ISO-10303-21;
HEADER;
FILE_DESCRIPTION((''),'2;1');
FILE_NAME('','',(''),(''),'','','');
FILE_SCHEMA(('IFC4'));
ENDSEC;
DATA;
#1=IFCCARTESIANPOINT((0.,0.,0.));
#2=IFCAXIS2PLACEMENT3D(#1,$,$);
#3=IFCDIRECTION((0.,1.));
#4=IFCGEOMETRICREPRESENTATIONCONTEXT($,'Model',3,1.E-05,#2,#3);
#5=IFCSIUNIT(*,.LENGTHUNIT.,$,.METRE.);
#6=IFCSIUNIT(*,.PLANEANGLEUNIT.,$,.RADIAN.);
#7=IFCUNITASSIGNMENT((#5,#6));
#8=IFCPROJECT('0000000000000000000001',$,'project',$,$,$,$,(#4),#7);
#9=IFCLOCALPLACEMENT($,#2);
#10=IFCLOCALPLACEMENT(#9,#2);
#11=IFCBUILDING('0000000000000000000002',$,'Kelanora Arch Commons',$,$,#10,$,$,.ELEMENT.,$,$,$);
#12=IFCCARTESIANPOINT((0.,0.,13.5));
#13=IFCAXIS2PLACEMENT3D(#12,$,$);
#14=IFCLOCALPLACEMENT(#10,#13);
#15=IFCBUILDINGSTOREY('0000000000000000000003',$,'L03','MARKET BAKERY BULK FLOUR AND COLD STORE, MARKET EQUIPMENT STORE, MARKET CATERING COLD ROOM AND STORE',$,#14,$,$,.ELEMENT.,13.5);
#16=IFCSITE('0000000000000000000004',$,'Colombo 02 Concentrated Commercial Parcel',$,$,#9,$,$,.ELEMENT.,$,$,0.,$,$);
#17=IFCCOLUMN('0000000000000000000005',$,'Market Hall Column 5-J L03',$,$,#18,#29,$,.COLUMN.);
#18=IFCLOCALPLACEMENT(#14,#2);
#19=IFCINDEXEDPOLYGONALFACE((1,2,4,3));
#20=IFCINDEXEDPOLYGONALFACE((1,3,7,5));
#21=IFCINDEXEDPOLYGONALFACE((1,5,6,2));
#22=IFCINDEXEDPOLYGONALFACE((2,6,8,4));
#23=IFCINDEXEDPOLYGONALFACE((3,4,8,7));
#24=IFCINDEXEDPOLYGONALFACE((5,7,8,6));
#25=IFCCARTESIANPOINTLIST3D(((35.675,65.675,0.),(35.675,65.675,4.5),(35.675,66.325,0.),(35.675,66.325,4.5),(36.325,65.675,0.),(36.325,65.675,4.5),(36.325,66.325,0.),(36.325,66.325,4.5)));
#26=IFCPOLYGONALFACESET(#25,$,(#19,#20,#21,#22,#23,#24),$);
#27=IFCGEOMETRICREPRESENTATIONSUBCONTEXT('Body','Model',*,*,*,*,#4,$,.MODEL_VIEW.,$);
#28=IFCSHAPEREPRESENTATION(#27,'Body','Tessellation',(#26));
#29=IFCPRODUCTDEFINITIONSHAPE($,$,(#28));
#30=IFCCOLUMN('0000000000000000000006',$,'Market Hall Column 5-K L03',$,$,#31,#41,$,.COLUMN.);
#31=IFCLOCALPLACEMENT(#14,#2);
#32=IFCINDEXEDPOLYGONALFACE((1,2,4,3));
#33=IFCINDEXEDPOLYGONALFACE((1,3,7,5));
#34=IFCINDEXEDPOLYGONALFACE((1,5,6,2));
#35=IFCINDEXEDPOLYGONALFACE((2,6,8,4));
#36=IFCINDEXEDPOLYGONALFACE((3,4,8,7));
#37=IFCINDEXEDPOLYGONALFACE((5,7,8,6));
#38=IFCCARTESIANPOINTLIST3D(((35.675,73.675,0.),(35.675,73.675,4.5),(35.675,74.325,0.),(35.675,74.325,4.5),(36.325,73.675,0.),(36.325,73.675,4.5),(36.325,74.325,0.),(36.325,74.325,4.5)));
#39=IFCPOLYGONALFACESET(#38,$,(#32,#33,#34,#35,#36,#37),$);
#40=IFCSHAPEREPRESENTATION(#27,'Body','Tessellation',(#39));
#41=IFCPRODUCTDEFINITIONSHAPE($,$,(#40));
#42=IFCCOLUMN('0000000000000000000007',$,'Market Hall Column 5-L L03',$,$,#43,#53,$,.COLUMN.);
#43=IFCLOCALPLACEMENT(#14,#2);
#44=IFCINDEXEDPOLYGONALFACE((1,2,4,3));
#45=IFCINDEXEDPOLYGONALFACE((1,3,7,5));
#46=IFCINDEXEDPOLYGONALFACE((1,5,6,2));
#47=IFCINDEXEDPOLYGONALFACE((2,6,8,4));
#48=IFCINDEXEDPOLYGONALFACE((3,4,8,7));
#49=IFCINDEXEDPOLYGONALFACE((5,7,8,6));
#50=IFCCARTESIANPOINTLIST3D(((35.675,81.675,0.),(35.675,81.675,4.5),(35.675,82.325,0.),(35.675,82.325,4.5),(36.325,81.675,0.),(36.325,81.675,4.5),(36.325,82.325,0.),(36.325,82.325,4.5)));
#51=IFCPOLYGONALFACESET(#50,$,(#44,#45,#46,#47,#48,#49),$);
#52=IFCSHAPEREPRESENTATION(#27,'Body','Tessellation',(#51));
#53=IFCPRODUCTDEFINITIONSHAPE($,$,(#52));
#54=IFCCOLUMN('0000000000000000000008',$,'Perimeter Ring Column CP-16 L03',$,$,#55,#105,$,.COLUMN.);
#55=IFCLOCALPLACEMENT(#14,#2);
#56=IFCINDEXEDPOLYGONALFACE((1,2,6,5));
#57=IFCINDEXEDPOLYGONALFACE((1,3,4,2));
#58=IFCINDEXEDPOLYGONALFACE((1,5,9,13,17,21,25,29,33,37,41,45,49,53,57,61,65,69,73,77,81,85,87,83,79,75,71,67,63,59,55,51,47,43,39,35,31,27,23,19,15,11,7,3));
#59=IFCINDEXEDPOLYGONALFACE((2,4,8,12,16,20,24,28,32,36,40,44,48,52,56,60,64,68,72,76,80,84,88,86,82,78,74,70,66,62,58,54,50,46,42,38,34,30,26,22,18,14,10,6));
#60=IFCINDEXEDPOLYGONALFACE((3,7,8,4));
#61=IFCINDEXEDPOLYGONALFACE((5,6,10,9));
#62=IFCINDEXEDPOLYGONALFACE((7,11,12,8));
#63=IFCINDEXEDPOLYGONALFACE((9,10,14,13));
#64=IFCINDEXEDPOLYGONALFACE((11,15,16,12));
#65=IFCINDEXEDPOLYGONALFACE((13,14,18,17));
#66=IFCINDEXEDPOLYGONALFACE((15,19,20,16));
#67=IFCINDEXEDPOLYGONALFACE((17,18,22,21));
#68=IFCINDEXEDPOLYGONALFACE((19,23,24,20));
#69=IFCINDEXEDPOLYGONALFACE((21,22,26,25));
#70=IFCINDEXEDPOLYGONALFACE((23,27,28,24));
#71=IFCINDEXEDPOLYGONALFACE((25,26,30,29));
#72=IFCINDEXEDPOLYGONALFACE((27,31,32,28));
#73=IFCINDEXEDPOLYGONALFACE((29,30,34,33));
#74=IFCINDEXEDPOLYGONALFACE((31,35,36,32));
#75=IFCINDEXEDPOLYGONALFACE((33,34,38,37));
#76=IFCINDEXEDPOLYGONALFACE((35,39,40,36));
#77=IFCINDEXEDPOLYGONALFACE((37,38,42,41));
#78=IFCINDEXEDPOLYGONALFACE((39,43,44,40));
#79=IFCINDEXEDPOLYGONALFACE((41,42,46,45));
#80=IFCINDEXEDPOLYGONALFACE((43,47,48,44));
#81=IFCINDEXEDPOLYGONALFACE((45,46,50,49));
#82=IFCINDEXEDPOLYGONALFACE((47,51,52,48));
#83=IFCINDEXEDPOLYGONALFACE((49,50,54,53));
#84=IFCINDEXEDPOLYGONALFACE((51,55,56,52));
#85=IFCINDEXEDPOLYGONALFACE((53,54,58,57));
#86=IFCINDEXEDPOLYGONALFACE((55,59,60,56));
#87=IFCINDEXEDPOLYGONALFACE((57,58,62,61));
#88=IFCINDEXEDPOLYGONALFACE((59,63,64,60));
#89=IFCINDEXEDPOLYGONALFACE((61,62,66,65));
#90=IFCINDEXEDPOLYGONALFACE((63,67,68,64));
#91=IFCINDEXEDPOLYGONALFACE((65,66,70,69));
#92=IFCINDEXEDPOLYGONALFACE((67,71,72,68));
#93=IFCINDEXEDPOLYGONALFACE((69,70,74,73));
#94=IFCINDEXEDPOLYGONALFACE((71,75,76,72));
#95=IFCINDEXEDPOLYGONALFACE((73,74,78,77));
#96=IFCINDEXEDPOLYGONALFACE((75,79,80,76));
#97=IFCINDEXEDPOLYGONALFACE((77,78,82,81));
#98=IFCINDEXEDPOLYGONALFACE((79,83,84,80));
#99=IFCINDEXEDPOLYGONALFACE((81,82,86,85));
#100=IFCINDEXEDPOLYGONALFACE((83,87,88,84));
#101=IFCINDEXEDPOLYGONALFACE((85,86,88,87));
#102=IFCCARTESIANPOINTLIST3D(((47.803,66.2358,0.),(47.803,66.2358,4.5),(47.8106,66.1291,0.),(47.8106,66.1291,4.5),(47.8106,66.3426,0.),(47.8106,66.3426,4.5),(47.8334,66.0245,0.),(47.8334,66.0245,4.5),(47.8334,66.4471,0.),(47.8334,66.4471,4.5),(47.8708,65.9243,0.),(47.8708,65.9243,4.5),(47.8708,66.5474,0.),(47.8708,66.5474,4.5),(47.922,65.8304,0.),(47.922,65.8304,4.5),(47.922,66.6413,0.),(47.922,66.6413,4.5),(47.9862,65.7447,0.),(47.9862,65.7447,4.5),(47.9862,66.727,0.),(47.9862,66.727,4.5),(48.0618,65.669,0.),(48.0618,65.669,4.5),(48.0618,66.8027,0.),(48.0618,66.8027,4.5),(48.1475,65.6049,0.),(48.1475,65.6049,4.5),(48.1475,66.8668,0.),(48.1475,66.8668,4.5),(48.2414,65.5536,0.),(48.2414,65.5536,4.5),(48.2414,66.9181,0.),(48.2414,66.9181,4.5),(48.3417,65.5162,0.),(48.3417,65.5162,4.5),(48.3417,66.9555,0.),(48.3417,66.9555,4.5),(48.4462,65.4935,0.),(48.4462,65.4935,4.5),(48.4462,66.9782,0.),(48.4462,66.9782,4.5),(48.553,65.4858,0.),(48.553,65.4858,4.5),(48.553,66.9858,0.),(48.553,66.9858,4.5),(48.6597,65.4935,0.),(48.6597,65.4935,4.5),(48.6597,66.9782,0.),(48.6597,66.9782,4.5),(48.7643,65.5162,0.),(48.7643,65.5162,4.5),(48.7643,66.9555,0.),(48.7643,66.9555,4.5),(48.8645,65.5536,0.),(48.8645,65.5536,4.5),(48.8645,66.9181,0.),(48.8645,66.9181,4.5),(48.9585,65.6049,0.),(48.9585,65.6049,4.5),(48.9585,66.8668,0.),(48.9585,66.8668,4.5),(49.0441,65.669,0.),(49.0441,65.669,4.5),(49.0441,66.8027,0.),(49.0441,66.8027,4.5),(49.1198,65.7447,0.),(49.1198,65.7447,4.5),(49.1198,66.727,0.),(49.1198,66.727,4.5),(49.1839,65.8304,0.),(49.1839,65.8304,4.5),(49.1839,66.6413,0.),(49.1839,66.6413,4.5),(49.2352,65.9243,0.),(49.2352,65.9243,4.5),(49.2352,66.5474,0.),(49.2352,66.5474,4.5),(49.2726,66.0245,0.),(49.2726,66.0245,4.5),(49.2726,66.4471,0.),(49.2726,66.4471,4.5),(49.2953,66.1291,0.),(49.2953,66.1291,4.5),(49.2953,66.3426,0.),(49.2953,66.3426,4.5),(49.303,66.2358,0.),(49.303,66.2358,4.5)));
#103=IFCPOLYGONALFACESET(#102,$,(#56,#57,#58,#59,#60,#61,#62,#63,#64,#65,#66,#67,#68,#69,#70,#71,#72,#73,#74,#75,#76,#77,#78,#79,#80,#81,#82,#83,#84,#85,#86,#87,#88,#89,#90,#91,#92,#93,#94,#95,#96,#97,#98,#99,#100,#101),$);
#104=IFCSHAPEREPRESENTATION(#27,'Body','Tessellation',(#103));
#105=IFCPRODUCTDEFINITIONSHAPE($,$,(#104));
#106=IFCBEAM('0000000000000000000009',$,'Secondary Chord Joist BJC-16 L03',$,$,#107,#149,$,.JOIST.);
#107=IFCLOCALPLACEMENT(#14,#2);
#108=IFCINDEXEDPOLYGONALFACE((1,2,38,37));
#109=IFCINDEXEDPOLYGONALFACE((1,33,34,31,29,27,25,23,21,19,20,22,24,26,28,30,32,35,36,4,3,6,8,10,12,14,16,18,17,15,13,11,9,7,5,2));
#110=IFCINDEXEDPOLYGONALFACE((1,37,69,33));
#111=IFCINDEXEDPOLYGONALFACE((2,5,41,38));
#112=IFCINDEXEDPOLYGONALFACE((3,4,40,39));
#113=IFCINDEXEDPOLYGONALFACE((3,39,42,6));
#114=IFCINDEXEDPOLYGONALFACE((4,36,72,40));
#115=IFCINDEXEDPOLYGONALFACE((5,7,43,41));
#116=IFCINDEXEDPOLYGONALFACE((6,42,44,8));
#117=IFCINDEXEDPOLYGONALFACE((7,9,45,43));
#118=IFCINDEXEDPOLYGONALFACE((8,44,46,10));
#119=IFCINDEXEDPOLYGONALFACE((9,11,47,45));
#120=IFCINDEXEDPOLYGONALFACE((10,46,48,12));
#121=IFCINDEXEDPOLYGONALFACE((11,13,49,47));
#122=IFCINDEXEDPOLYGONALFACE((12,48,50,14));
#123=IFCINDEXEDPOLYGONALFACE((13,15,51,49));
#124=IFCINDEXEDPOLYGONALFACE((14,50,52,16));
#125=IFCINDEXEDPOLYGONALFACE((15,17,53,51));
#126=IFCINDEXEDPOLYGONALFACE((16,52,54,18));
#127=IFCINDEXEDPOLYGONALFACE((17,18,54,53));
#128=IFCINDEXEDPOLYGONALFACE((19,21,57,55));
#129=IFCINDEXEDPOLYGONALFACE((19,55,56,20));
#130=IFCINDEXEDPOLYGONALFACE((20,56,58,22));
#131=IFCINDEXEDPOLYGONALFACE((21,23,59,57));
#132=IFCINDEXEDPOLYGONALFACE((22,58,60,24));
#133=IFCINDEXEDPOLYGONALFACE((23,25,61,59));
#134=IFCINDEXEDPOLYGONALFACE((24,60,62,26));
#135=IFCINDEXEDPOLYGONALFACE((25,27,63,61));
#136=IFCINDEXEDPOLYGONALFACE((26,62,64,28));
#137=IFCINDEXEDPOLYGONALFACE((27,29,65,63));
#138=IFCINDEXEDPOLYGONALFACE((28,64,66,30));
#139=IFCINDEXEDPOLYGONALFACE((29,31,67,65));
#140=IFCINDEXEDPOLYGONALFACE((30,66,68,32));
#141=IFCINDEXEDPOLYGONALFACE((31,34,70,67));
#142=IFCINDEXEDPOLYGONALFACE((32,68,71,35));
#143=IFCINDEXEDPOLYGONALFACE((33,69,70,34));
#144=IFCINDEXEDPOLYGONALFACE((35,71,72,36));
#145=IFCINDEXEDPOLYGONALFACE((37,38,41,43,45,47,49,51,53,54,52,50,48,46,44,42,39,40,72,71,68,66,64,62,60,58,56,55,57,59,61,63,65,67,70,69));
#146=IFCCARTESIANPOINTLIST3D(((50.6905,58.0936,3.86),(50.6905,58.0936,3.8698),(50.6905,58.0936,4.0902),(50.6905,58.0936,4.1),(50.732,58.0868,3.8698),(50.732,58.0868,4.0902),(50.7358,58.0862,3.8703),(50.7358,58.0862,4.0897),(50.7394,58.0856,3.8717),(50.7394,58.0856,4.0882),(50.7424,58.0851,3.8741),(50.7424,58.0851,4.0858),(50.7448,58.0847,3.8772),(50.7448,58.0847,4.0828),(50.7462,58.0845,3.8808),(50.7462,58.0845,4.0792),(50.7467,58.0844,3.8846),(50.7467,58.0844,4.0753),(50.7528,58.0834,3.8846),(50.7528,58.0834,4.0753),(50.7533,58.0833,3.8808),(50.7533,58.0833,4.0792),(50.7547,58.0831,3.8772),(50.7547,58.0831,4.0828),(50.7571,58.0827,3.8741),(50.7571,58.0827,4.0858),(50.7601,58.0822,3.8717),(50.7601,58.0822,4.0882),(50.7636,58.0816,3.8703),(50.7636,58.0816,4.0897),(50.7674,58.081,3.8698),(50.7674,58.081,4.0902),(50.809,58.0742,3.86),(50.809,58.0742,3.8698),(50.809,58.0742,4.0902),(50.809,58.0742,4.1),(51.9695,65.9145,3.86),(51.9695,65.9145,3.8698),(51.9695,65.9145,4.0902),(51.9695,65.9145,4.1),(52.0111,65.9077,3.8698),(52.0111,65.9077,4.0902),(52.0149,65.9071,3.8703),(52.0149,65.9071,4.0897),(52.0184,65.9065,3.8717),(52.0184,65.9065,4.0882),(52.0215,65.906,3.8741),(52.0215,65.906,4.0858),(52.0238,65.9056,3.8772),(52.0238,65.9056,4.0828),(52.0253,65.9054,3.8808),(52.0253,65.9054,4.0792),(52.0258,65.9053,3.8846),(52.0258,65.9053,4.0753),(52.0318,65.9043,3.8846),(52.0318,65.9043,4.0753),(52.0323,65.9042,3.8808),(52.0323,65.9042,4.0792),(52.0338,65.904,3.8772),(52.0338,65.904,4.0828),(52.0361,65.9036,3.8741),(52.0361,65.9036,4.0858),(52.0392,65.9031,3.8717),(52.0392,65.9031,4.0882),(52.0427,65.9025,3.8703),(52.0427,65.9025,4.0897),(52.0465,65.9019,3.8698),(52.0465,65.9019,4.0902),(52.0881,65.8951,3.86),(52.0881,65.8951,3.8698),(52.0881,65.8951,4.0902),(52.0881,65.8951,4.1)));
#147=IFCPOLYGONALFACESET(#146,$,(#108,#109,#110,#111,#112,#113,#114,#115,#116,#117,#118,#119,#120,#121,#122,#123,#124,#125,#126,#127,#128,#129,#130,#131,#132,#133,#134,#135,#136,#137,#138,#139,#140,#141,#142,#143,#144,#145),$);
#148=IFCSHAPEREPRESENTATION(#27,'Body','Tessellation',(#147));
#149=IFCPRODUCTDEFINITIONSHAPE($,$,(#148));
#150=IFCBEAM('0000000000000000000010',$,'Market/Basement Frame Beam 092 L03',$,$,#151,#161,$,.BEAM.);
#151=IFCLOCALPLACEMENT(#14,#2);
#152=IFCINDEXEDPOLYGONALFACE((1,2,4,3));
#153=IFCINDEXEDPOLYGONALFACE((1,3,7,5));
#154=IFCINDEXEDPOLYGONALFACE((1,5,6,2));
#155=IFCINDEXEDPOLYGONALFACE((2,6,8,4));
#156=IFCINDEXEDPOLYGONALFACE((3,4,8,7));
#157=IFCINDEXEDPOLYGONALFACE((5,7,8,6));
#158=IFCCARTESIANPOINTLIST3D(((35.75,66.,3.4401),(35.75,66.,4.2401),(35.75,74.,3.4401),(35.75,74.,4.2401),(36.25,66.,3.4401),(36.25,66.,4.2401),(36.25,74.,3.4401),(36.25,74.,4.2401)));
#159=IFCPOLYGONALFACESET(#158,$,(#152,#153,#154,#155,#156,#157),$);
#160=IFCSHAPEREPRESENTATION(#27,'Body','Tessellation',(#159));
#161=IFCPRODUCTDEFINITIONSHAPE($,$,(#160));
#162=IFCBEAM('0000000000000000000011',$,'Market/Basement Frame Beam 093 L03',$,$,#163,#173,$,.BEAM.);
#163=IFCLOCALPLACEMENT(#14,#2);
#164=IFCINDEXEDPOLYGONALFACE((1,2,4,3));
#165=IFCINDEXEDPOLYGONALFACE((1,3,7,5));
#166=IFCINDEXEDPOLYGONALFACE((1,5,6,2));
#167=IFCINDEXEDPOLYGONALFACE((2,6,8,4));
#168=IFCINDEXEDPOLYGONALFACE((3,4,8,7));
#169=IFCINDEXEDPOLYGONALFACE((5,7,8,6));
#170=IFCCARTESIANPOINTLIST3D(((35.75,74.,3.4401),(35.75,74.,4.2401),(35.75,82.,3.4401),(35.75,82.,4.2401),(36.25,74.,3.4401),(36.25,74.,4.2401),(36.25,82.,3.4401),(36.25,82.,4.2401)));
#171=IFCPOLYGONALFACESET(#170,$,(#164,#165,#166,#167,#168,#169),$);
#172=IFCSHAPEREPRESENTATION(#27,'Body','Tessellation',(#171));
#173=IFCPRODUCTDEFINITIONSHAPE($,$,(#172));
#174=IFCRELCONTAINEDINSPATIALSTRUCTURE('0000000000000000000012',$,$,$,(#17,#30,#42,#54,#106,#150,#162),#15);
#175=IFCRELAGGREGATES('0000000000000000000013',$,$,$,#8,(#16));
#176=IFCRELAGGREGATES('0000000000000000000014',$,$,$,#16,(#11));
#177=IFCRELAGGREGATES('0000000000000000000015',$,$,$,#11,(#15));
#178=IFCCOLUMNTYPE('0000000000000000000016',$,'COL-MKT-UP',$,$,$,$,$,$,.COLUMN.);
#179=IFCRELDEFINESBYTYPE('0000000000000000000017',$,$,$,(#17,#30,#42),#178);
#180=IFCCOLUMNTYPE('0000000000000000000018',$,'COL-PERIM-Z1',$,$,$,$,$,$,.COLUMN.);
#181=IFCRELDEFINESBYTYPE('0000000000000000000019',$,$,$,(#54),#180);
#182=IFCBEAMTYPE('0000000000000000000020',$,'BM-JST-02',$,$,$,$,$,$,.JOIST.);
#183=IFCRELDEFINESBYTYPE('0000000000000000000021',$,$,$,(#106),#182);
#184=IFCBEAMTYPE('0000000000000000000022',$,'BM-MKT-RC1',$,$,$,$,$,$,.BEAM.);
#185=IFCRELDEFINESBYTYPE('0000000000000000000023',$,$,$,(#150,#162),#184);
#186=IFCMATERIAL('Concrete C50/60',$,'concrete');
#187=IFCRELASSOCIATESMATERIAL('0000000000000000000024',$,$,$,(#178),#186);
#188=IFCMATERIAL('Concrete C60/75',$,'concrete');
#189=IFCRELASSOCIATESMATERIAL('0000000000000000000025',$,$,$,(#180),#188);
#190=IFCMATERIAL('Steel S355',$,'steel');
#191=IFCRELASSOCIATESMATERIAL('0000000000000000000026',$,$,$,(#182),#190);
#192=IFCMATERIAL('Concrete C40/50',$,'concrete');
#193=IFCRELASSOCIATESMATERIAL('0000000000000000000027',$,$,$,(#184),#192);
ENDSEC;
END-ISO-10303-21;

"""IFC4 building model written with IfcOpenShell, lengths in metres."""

from ifc_helpers import new_model, si_unit, direction, frame, origin, origin_2d, place, context, subcontext, project, spatial, rectangle, circle, i_section, extrude, material, material_profile, profile_set, type_object, element, save


model = new_model("IFC4")

# Units and contexts
model_context = context("Model", 3, precision=1e-05, world=origin(), true_north=direction((0.0, 1.0)))
body_context = subcontext(model_context, "Body", "Model", "MODEL_VIEW")
ifc_project = project(units=[si_unit("LENGTHUNIT", "METRE"), si_unit("PLANEANGLEUNIT", "RADIAN")], contexts=[model_context])

# Site, building, storey
site_placement = place(None, origin())
site = spatial("IfcSite", under=ifc_project, at=site_placement, Name="Colombo 02 Concentrated Commercial Parcel", CompositionType="ELEMENT", RefElevation=0.0)
building_placement = place(site_placement, origin())
building = spatial("IfcBuilding", under=site, at=building_placement, Name="Kelanora Arch Commons", CompositionType="ELEMENT")
storey_placement = place(building_placement, frame((0.0, 0.0, 13.5)))
storey = spatial("IfcBuildingStorey", under=building, at=storey_placement, Name="L03", Description="MARKET BAKERY BULK FLOUR AND COLD STORE, MARKET EQUIPMENT STORE, MARKET CATERING COLD ROOM AND STORE", CompositionType="ELEMENT", Elevation=13.5)

# Columns
ifc_material_1 = material(Name="Concrete C50/60", Category="concrete")
ifc_material_profile_1 = material_profile(ifc_material_1, rectangle(XDim=0.6499, YDim=0.6499, at=origin_2d()), Name="RC650x650")
ifc_profile_set_1 = profile_set([ifc_material_profile_1], Name="Concrete C50/60")
column_type_1 = type_object("IfcColumnType", Name="COL-MKT-UP", PredefinedType="COLUMN", material=ifc_profile_set_1)
for number, where, z_axis, x_axis, name in (
    (1, (36.0, 66.0, 0.0), (0.0, 0.0, 1.0), (1.0, 0.0, 0.0), "Market Hall Column 5-J L03"),
    (2, (36.0, 74.0, 0.0), (0.0, 0.0, 1.0), (1.0, 0.0, 0.0), "Market Hall Column 5-K L03"),
    (3, (36.0, 82.0, 0.0), (0.0, 0.0, 1.0), (1.0, 0.0, 0.0), "Market Hall Column 5-L L03"),
):
    element("IfcColumn", number, at=place(storey_placement, frame(where, z_axis=z_axis, x_axis=x_axis)), inside=storey, type_object=column_type_1, Name=name, PredefinedType="COLUMN", context=body_context, shape_type="SweptSolid", body=[
        extrude(rectangle(XDim=0.6499, YDim=0.6499, at=origin_2d()), origin(), (0.0, 0.0, 1.0), 4.5),
    ])
ifc_material_2 = material(Name="Concrete C60/75", Category="concrete")
ifc_material_profile_2 = material_profile(ifc_material_2, circle(Radius=0.75, at=origin_2d()), Name="RCC1500")
ifc_profile_set_2 = profile_set([ifc_material_profile_2], Name="Concrete C60/75")
column_type_2 = type_object("IfcColumnType", Name="COL-PERIM-Z1", PredefinedType="COLUMN", material=ifc_profile_set_2)
column_placement = place(storey_placement, frame((48.553, 66.2358, 0.0), z_axis=(0.0, 0.0, 1.0), x_axis=(1.0, 0.0, 0.0)))
element("IfcColumn", 4, at=column_placement, inside=storey, type_object=column_type_2, Name="Perimeter Ring Column CP-16 L03", PredefinedType="COLUMN", context=body_context, shape_type="SweptSolid", body=[
    extrude(circle(Radius=0.75, at=origin_2d()), origin(), (0.0, 0.0, 1.0), 4.5),
])

# Beams
ifc_material_3 = material(Name="Steel S355", Category="steel")
ifc_material_profile_3 = material_profile(ifc_material_3, i_section(OverallWidth=0.1201, OverallDepth=0.24, WebThickness=0.0061, FlangeThickness=0.0098, FilletRadius=0.0149, at=origin_2d()), Name="IPE240")
ifc_profile_set_3 = profile_set([ifc_material_profile_3], Name="Steel S355")
beam_type_1 = type_object("IfcBeamType", Name="BM-JST-02", PredefinedType="JOIST", material=ifc_profile_set_3)
beam_1_placement = place(storey_placement, frame((52.0288, 65.9048, 3.98), z_axis=(-0.161401, -0.986889, 0.0), x_axis=(0.986889, -0.161401, 0.0)))
element("IfcBeam", 5, at=beam_1_placement, inside=storey, type_object=beam_type_1, Name="Secondary Chord Joist BJC-16 L03", PredefinedType="JOIST", context=body_context, shape_type="SweptSolid", body=[
    extrude(i_section(OverallWidth=0.1201, OverallDepth=0.24, WebThickness=0.0061, FlangeThickness=0.0098, FilletRadius=0.0149, at=origin_2d()), origin(), (0.0, 0.0, 1.0), 7.9248),
])
ifc_material_4 = material(Name="Concrete C40/50", Category="concrete")
ifc_material_profile_4 = material_profile(ifc_material_4, rectangle(XDim=0.5, YDim=0.8, at=origin_2d()), Name="RCB500x800")
ifc_profile_set_4 = profile_set([ifc_material_profile_4], Name="Concrete C40/50")
beam_type_2 = type_object("IfcBeamType", Name="BM-MKT-RC1", PredefinedType="BEAM", material=ifc_profile_set_4)
for number, where, z_axis, x_axis, name in (
    (6, (36.0, 66.0, 3.8401), (0.0, 1.0, 0.0), (-1.0, 0.0, 0.0), "Market/Basement Frame Beam 092 L03"),
    (7, (36.0, 74.0, 3.8401), (0.0, 1.0, 0.0), (-1.0, 0.0, 0.0), "Market/Basement Frame Beam 093 L03"),
):
    element("IfcBeam", number, at=place(storey_placement, frame(where, z_axis=z_axis, x_axis=x_axis)), inside=storey, type_object=beam_type_2, Name=name, PredefinedType="BEAM", context=body_context, shape_type="SweptSolid", body=[
        extrude(rectangle(XDim=0.5, YDim=0.8, at=origin_2d()), origin(), (0.0, 0.0, 1.0), 8.0),
    ])

save(model, "model.ifc")
